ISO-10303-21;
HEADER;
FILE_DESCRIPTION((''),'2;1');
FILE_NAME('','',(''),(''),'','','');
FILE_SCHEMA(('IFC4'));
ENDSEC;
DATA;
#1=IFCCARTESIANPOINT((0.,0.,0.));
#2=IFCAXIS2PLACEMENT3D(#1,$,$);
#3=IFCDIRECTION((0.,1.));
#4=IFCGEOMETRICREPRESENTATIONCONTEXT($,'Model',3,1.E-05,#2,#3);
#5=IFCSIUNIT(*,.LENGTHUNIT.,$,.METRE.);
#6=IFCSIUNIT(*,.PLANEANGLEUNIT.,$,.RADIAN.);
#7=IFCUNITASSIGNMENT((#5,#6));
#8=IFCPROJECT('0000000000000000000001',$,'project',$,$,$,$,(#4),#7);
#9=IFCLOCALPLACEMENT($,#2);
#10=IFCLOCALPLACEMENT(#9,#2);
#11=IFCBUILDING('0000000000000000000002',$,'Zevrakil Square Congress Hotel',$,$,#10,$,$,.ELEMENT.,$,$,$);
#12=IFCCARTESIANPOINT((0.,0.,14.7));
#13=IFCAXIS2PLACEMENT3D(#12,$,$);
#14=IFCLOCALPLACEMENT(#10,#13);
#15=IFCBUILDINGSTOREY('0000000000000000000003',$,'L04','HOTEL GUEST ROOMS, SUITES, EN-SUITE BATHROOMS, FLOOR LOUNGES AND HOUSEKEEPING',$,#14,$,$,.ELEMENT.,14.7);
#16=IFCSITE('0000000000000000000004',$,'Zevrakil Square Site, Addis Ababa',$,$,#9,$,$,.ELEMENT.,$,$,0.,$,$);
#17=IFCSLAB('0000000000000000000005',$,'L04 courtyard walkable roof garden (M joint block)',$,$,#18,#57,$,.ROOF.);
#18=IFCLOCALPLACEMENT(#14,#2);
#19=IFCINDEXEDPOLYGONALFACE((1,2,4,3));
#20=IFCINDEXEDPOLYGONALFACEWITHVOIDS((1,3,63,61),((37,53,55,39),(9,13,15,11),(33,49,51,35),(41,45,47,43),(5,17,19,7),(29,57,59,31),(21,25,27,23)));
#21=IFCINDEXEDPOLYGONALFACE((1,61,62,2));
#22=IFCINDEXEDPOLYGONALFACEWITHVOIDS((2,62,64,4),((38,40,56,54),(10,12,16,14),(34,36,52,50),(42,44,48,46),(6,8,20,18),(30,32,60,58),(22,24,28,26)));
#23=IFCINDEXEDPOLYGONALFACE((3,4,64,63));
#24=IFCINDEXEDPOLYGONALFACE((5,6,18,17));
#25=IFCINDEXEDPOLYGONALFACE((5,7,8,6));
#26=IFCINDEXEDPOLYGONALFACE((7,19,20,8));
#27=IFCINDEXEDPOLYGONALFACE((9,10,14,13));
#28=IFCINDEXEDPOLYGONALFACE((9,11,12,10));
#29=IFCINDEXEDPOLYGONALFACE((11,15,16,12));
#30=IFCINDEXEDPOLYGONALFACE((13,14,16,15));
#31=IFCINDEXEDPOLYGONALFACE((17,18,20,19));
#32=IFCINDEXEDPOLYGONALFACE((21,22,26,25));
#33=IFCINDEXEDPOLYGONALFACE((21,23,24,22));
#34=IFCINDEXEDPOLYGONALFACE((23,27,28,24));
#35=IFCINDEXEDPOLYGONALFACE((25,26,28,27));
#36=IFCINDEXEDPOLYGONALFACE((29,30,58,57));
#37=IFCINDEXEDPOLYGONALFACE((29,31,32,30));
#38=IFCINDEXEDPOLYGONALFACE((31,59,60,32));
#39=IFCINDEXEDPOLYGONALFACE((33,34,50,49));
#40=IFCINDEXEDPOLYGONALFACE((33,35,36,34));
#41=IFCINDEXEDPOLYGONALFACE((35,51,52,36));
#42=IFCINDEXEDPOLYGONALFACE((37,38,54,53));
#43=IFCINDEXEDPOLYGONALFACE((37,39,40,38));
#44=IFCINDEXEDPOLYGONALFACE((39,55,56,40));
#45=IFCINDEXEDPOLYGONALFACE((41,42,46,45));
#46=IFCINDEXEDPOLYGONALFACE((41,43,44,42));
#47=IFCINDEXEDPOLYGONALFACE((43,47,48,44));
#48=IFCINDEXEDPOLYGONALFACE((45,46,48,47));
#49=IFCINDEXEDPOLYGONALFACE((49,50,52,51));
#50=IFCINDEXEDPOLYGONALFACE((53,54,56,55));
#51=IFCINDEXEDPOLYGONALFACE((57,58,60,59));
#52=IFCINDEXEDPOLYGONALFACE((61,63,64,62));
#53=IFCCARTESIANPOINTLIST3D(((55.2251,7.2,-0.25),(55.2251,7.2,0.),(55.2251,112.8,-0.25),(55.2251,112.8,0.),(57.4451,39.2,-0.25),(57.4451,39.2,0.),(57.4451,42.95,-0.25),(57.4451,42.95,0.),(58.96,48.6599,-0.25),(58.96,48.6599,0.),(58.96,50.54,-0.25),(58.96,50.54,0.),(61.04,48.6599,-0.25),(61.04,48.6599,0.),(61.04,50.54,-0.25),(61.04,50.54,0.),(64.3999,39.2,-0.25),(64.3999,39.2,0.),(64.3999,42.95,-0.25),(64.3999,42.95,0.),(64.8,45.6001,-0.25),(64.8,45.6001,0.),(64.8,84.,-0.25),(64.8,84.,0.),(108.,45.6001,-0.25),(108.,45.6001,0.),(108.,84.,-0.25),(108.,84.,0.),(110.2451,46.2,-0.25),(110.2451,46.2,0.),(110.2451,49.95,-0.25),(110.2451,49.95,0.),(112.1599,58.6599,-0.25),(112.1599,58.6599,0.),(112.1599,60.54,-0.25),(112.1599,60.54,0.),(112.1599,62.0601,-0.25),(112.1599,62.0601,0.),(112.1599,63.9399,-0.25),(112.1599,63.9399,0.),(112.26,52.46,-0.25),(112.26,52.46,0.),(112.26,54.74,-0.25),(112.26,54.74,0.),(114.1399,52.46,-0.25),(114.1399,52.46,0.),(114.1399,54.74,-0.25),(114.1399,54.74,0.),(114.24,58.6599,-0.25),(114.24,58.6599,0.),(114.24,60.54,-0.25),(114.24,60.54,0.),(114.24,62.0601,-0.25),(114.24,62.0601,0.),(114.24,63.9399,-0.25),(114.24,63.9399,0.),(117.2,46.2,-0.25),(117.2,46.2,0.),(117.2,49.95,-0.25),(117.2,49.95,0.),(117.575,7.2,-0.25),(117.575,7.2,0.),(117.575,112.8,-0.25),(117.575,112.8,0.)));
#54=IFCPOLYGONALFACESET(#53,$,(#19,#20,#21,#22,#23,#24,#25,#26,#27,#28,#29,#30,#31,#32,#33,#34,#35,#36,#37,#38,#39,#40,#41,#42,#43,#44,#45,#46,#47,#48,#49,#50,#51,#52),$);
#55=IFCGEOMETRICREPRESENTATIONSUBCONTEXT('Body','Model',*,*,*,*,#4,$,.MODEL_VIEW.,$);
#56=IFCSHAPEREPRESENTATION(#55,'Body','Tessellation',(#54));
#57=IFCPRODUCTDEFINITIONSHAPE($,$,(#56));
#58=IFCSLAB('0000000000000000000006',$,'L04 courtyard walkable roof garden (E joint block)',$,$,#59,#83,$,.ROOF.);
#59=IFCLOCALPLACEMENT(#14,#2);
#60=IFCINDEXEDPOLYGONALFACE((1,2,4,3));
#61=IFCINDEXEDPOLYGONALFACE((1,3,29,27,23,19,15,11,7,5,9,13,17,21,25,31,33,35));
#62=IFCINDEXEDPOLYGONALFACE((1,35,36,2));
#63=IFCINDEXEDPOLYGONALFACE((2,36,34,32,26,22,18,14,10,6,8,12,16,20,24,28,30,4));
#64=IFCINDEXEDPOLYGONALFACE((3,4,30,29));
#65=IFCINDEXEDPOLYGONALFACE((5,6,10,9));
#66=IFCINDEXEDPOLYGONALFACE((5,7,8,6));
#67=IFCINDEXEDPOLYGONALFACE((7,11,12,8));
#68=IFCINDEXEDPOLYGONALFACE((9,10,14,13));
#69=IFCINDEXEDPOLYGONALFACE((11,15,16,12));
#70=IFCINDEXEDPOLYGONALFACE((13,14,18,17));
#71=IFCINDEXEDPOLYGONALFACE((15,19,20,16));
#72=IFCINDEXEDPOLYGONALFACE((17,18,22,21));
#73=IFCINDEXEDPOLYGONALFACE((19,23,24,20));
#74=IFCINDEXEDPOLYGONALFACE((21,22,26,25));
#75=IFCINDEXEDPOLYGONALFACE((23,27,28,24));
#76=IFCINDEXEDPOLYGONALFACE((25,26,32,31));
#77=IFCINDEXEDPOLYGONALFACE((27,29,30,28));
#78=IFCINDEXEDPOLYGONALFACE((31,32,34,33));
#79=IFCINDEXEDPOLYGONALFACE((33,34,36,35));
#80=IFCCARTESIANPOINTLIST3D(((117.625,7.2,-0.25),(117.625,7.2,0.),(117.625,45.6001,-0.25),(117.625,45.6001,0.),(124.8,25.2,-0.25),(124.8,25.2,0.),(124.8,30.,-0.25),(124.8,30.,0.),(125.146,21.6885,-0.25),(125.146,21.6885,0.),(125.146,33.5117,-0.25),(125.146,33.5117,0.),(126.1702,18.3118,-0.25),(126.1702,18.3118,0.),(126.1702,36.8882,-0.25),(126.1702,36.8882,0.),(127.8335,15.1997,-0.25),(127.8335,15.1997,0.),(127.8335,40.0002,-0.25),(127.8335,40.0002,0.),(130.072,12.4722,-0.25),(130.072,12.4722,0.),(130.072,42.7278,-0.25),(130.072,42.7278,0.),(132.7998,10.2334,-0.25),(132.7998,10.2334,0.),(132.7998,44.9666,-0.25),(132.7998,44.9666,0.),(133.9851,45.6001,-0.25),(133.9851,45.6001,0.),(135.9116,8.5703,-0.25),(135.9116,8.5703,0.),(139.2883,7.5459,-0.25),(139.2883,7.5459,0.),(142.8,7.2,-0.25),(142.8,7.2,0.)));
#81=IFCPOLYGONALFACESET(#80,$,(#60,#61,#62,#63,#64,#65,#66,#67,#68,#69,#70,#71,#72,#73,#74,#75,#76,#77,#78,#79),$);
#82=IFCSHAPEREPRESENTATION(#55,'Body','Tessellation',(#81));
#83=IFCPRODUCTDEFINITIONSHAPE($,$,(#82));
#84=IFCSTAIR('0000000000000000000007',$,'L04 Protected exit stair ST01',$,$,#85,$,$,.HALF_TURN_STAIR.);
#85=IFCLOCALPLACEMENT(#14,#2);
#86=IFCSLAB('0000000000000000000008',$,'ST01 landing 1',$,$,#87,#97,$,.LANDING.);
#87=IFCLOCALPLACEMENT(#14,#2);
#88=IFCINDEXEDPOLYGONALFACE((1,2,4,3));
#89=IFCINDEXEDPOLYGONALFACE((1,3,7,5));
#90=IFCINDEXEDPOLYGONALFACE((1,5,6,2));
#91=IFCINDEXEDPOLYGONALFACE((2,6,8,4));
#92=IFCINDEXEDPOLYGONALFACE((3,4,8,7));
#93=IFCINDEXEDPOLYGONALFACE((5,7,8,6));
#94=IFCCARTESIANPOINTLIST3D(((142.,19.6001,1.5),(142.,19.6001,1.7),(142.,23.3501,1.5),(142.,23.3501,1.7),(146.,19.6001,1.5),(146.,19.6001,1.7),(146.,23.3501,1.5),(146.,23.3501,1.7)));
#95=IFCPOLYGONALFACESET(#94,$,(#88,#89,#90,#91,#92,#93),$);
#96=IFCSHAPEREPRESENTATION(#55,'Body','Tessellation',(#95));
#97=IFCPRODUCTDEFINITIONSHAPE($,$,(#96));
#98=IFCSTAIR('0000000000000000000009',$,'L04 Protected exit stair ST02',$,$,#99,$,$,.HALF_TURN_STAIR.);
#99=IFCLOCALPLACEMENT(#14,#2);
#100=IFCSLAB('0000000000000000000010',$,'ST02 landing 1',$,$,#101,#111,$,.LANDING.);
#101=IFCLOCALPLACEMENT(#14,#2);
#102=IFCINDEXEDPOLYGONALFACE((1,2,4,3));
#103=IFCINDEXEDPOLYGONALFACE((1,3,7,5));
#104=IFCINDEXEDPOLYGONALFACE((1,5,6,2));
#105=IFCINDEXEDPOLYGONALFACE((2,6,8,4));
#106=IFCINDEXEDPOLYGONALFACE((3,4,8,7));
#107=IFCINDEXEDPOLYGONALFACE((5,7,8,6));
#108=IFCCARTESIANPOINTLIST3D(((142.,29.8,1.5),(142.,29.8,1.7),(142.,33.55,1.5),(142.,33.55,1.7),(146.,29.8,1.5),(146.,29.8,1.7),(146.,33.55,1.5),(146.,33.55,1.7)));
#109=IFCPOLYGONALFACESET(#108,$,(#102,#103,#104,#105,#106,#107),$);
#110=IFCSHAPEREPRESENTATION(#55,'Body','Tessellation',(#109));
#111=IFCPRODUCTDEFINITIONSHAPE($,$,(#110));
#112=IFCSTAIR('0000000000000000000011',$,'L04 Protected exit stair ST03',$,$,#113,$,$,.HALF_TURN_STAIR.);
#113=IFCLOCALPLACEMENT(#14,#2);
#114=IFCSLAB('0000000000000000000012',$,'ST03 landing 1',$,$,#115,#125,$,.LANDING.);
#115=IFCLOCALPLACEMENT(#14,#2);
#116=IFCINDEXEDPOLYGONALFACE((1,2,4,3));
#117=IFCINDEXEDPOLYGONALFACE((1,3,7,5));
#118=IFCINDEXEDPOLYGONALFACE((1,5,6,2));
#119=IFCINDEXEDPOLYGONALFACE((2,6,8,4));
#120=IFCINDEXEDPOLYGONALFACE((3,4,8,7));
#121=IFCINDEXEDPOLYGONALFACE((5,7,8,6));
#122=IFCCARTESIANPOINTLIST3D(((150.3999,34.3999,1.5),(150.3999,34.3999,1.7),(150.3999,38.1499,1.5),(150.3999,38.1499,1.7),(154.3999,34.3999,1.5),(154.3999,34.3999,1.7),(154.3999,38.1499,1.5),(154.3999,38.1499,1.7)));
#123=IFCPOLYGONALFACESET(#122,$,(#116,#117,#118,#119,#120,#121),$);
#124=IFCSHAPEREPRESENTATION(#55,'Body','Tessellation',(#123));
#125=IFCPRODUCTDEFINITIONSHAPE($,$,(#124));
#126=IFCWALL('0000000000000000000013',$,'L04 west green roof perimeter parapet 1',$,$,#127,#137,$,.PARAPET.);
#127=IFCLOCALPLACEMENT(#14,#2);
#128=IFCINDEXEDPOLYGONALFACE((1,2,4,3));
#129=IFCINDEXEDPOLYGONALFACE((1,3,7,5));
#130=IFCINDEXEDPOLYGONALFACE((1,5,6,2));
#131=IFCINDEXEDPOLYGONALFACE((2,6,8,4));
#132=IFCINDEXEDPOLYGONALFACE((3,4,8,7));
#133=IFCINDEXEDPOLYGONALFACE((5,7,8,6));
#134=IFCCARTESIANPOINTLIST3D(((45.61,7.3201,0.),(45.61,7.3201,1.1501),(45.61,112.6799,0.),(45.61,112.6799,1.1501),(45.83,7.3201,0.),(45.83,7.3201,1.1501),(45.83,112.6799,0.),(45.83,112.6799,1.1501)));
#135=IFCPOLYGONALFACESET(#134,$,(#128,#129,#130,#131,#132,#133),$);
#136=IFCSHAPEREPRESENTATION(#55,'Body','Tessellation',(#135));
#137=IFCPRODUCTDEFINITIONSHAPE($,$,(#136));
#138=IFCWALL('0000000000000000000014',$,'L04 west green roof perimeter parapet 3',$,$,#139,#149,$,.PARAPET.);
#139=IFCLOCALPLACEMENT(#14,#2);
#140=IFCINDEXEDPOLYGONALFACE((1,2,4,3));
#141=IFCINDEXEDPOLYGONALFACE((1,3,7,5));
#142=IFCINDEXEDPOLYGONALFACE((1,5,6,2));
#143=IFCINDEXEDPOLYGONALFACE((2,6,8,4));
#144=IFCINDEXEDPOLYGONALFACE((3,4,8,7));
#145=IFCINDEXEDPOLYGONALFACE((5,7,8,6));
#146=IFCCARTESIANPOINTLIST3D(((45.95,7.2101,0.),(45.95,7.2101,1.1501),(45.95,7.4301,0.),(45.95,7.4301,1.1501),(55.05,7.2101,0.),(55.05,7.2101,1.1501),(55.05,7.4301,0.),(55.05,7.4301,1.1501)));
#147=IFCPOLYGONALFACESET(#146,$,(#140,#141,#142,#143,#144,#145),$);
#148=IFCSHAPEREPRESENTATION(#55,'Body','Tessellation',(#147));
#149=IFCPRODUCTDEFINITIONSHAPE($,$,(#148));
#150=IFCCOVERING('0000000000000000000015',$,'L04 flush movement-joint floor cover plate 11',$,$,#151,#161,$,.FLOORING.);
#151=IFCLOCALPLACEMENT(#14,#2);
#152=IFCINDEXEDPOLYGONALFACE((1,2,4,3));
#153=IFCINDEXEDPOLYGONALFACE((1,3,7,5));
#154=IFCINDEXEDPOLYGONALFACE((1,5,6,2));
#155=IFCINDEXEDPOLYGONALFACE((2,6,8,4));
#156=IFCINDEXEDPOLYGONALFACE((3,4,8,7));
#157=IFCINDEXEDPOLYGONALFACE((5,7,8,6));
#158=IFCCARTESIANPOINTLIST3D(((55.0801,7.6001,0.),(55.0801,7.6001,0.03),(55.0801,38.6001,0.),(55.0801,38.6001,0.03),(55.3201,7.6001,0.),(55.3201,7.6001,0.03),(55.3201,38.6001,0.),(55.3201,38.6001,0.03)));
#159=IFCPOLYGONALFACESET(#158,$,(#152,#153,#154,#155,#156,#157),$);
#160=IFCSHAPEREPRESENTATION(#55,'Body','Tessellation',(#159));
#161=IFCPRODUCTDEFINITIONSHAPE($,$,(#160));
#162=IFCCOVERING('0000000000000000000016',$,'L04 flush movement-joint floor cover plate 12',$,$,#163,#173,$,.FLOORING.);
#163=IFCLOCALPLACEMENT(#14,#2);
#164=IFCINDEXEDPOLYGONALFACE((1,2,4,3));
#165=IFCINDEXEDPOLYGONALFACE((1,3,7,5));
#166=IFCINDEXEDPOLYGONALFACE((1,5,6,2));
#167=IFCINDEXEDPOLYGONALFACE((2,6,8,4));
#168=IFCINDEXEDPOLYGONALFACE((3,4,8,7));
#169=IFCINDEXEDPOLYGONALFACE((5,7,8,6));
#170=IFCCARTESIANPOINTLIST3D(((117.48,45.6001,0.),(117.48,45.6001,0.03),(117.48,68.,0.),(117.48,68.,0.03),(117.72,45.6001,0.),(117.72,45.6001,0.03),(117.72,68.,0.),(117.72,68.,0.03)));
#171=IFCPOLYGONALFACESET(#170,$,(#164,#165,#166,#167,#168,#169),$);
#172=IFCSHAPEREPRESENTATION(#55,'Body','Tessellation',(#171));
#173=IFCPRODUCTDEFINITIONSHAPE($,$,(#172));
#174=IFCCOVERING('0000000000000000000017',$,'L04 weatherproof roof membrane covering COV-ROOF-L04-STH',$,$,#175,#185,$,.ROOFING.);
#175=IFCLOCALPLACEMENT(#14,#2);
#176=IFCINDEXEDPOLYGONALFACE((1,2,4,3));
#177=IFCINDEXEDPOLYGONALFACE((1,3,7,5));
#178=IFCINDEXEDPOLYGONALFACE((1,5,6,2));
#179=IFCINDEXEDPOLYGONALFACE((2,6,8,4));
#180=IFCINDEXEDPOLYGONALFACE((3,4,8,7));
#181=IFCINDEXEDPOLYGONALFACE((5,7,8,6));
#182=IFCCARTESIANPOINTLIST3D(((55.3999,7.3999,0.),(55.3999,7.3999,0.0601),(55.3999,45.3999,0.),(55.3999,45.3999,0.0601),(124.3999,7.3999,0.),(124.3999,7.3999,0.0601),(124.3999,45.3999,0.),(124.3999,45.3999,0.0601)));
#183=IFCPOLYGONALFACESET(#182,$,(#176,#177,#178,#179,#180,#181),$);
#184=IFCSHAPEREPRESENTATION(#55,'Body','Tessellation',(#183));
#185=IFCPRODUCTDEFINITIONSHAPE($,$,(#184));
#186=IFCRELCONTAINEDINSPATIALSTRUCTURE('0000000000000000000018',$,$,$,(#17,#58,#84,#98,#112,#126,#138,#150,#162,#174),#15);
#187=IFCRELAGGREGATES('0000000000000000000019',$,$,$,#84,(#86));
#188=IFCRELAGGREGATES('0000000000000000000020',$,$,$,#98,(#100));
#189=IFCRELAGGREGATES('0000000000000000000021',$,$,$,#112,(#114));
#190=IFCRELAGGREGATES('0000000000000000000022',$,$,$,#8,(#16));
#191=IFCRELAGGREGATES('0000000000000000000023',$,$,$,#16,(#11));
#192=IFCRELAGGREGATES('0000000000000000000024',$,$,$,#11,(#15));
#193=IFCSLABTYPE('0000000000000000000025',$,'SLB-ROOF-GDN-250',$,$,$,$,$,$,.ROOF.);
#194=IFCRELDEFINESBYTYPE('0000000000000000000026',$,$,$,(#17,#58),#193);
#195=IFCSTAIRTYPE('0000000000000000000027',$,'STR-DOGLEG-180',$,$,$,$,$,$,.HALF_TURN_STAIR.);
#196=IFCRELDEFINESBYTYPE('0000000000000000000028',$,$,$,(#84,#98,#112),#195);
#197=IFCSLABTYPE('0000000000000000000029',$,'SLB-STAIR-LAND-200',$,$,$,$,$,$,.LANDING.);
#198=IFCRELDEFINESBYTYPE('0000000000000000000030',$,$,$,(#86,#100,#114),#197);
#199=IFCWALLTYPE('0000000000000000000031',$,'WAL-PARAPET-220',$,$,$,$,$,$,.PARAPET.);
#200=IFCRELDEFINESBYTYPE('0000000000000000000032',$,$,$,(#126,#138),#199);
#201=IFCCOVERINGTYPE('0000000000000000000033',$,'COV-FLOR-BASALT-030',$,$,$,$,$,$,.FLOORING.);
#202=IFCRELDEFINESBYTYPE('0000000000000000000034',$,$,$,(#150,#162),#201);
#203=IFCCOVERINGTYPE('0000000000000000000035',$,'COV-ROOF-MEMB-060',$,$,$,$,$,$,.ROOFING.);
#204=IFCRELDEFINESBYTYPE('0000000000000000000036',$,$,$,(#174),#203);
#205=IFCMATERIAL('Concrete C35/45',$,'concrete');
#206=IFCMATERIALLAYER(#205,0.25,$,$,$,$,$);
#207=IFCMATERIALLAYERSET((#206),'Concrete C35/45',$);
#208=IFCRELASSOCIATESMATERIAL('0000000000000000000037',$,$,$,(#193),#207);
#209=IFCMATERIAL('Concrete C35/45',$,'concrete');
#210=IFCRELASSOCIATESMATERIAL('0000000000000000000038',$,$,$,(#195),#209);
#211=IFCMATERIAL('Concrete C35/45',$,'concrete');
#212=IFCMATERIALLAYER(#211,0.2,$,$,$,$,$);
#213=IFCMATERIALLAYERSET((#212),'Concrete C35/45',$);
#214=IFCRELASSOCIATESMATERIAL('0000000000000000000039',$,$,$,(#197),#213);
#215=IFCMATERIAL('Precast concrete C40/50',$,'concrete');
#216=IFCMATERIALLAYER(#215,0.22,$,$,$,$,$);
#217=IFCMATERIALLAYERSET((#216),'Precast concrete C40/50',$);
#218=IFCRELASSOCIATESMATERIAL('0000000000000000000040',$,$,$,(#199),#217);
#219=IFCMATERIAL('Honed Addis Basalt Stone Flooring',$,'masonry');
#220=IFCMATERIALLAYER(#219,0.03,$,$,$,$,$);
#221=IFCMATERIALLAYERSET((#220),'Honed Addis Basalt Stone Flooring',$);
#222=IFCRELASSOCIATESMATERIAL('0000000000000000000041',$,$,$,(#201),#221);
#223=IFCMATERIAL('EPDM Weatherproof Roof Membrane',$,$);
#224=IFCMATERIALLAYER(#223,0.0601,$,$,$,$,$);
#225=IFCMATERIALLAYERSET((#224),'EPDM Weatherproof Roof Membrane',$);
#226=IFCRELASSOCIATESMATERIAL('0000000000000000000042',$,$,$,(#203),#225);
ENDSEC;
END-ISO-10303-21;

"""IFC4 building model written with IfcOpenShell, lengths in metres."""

from ifc_helpers import new_model, si_unit, direction, frame, frame_2d, origin, place, context, subcontext, project, spatial, polyline, rectangle, outline, extrude, material, layer, layer_set, type_object, element, aggregate, save


model = new_model("IFC4")

# Units and contexts
model_context = context("Model", 3, precision=1e-05, world=origin(), true_north=direction((0.0, 1.0)))
body_context = subcontext(model_context, "Body", "Model", "MODEL_VIEW")
ifc_project = project(units=[si_unit("LENGTHUNIT", "METRE"), si_unit("PLANEANGLEUNIT", "RADIAN")], contexts=[model_context])

# Site, building, storey
site_placement = place(None, origin())
site = spatial("IfcSite", under=ifc_project, at=site_placement, Name="Zevrakil Square Site, Addis Ababa", CompositionType="ELEMENT", RefElevation=0.0)
building_placement = place(site_placement, origin())
building = spatial("IfcBuilding", under=site, at=building_placement, Name="Zevrakil Square Congress Hotel", CompositionType="ELEMENT")
storey_placement = place(building_placement, frame((0.0, 0.0, 14.7)))
storey = spatial("IfcBuildingStorey", under=building, at=storey_placement, Name="L04", Description="HOTEL GUEST ROOMS, SUITES, EN-SUITE BATHROOMS, FLOOR LOUNGES AND HOUSEKEEPING", CompositionType="ELEMENT", Elevation=14.7)

# Slabs
ifc_material_1 = material(Name="Concrete C35/45", Category="concrete")
ifc_layer_1 = layer(ifc_material_1, 0.25)
ifc_layer_set_1 = layer_set([ifc_layer_1], Name="Concrete C35/45")
slab_type_1 = type_object("IfcSlabType", Name="SLB-ROOF-GDN-250", PredefinedType="ROOF", material=ifc_layer_set_1)
slab_1_placement = place(storey_placement, frame((0.0, 0.0, -0.25)))
element("IfcSlab", 1, at=slab_1_placement, inside=storey, type_object=slab_type_1, Name="L04 courtyard walkable roof garden (M joint block)", PredefinedType="ROOF", context=body_context, shape_type="SweptSolid", body=[
    extrude(outline(polyline([(117.575, 112.8), (117.575, 7.2), (55.2251, 7.2), (55.2251, 112.8), (117.575, 112.8)]), holes=[polyline([(64.8, 45.6001), (108.0, 45.6001), (108.0, 84.0), (64.8, 84.0), (64.8, 45.6001)]), polyline([(57.4451, 39.2), (64.3999, 39.2), (64.3999, 42.95), (57.4451, 42.95), (57.4451, 39.2)]), polyline([(110.2451, 46.2), (117.2, 46.2), (117.2, 49.95), (110.2451, 49.95), (110.2451, 46.2)]), polyline([(112.26, 52.46), (114.1399, 52.46), (114.1399, 54.74), (112.26, 54.74), (112.26, 52.46)]), polyline([(112.1599, 58.6599), (114.24, 58.6599), (114.24, 60.54), (112.1599, 60.54), (112.1599, 58.6599)]), polyline([(112.1599, 62.0601), (114.24, 62.0601), (114.24, 63.9399), (112.1599, 63.9399), (112.1599, 62.0601)]), polyline([(58.96, 48.6599), (61.04, 48.6599), (61.04, 50.54), (58.96, 50.54), (58.96, 48.6599)])]), origin(), (0.0, 0.0, 1.0), 0.25),
])
slab_2_placement = place(storey_placement, frame((0.0, 0.0, -0.25)))
element("IfcSlab", 2, at=slab_2_placement, inside=storey, type_object=slab_type_1, Name="L04 courtyard walkable roof garden (E joint block)", PredefinedType="ROOF", context=body_context, shape_type="SweptSolid", body=[
    extrude(outline(polyline([(133.9851, 45.6001), (132.7998, 44.9666), (130.072, 42.7278), (127.8335, 40.0002), (126.1702, 36.8882), (125.146, 33.5117), (124.8, 30.0), (124.8, 25.2), (125.146, 21.6885), (126.1702, 18.3118), (127.8335, 15.1997), (130.072, 12.4722), (132.7998, 10.2334), (135.9116, 8.5703), (139.2883, 7.5459), (142.8, 7.2), (117.625, 7.2), (117.625, 45.6001), (133.9851, 45.6001)])), origin(), (0.0, 0.0, 1.0), 0.25),
])

# Stairs, slabs
ifc_material_2 = material(Name="Concrete C35/45", Category="concrete")
stair_type = type_object("IfcStairType", Name="STR-DOGLEG-180", PredefinedType="HALF_TURN_STAIR", material=ifc_material_2)
stair_1_placement = place(storey_placement, origin())
stair_1 = element("IfcStair", 3, at=stair_1_placement, inside=storey, type_object=stair_type, Name="L04 Protected exit stair ST01", PredefinedType="HALF_TURN_STAIR")
ifc_material_3 = material(Name="Concrete C35/45", Category="concrete")
ifc_layer_2 = layer(ifc_material_3, 0.2)
ifc_layer_set_2 = layer_set([ifc_layer_2], Name="Concrete C35/45")
slab_type_2 = type_object("IfcSlabType", Name="SLB-STAIR-LAND-200", PredefinedType="LANDING", material=ifc_layer_set_2)
slab_3_placement = place(storey_placement, frame((0.0, 0.0, 1.5)))
slab_3 = element("IfcSlab", 4, at=slab_3_placement, type_object=slab_type_2, Name="ST01 landing 1", PredefinedType="LANDING", context=body_context, shape_type="SweptSolid", body=[
    extrude(outline(polyline([(142.0, 19.6001), (146.0, 19.6001), (146.0, 23.3501), (142.0, 23.3501), (142.0, 19.6001)])), origin(), (0.0, 0.0, 1.0), 0.2),
])
aggregate(stair_1, [slab_3])
stair_2_placement = place(storey_placement, origin())
stair_2 = element("IfcStair", 5, at=stair_2_placement, inside=storey, type_object=stair_type, Name="L04 Protected exit stair ST02", PredefinedType="HALF_TURN_STAIR")
slab_4_placement = place(storey_placement, frame((0.0, 0.0, 1.5)))
slab_4 = element("IfcSlab", 6, at=slab_4_placement, type_object=slab_type_2, Name="ST02 landing 1", PredefinedType="LANDING", context=body_context, shape_type="SweptSolid", body=[
    extrude(outline(polyline([(142.0, 29.8), (146.0, 29.8), (146.0, 33.55), (142.0, 33.55), (142.0, 29.8)])), origin(), (0.0, 0.0, 1.0), 0.2),
])
aggregate(stair_2, [slab_4])
stair_3_placement = place(storey_placement, origin())
stair_3 = element("IfcStair", 7, at=stair_3_placement, inside=storey, type_object=stair_type, Name="L04 Protected exit stair ST03", PredefinedType="HALF_TURN_STAIR")
slab_5_placement = place(storey_placement, frame((0.0, 0.0, 1.5)))
slab_5 = element("IfcSlab", 8, at=slab_5_placement, type_object=slab_type_2, Name="ST03 landing 1", PredefinedType="LANDING", context=body_context, shape_type="SweptSolid", body=[
    extrude(outline(polyline([(150.3999, 34.3999), (154.3999, 34.3999), (154.3999, 38.1499), (150.3999, 38.1499), (150.3999, 34.3999)])), origin(), (0.0, 0.0, 1.0), 0.2),
])
aggregate(stair_3, [slab_5])

# Walls
ifc_material_4 = material(Name="Precast concrete C40/50", Category="concrete")
ifc_layer_3 = layer(ifc_material_4, 0.22)
ifc_layer_set_3 = layer_set([ifc_layer_3], Name="Precast concrete C40/50")
wall_type = type_object("IfcWallType", Name="WAL-PARAPET-220", PredefinedType="PARAPET", material=ifc_layer_set_3)
wall_1_placement = place(storey_placement, frame((45.72, 7.3201, 0.0), z_axis=(0.0, 0.0, 1.0), x_axis=(0.0, 1.0, 0.0)))
element("IfcWall", 9, at=wall_1_placement, inside=storey, type_object=wall_type, Name="L04 west green roof perimeter parapet 1", PredefinedType="PARAPET", context=body_context, shape_type="SweptSolid", body=[
    extrude(rectangle(XDim=105.3599, YDim=0.22, at=frame_2d((52.6799, 0.0))), origin(), (0.0, 0.0, 1.0), 1.1501),
])
wall_2_placement = place(storey_placement, frame((45.95, 7.3201, 0.0), z_axis=(0.0, 0.0, 1.0), x_axis=(1.0, 0.0, 0.0)))
element("IfcWall", 10, at=wall_2_placement, inside=storey, type_object=wall_type, Name="L04 west green roof perimeter parapet 3", PredefinedType="PARAPET", context=body_context, shape_type="SweptSolid", body=[
    extrude(rectangle(XDim=9.1001, YDim=0.22, at=frame_2d((4.55, 0.0))), origin(), (0.0, 0.0, 1.0), 1.1501),
])

# Coverings
ifc_material_5 = material(Name="Honed Addis Basalt Stone Flooring", Category="masonry")
ifc_layer_4 = layer(ifc_material_5, 0.03)
ifc_layer_set_4 = layer_set([ifc_layer_4], Name="Honed Addis Basalt Stone Flooring")
covering_type_1 = type_object("IfcCoveringType", Name="COV-FLOR-BASALT-030", PredefinedType="FLOORING", material=ifc_layer_set_4)
covering_1_placement = place(storey_placement, origin())
element("IfcCovering", 11, at=covering_1_placement, inside=storey, type_object=covering_type_1, Name="L04 flush movement-joint floor cover plate 11", PredefinedType="FLOORING", context=body_context, shape_type="SweptSolid", body=[
    extrude(outline(polyline([(55.0801, 7.6001), (55.3201, 7.6001), (55.3201, 38.6001), (55.0801, 38.6001), (55.0801, 7.6001)])), origin(), (0.0, 0.0, 1.0), 0.03),
])
covering_2_placement = place(storey_placement, origin())
element("IfcCovering", 12, at=covering_2_placement, inside=storey, type_object=covering_type_1, Name="L04 flush movement-joint floor cover plate 12", PredefinedType="FLOORING", context=body_context, shape_type="SweptSolid", body=[
    extrude(outline(polyline([(117.48, 45.6001), (117.72, 45.6001), (117.72, 68.0), (117.48, 68.0), (117.48, 45.6001)])), origin(), (0.0, 0.0, 1.0), 0.03),
])
ifc_material_6 = material(Name="EPDM Weatherproof Roof Membrane")
ifc_layer_5 = layer(ifc_material_6, 0.0601)
ifc_layer_set_5 = layer_set([ifc_layer_5], Name="EPDM Weatherproof Roof Membrane")
covering_type_2 = type_object("IfcCoveringType", Name="COV-ROOF-MEMB-060", PredefinedType="ROOFING", material=ifc_layer_set_5)
covering_3_placement = place(storey_placement, origin())
element("IfcCovering", 13, at=covering_3_placement, inside=storey, type_object=covering_type_2, Name="L04 weatherproof roof membrane covering COV-ROOF-L04-STH", PredefinedType="ROOFING", context=body_context, shape_type="SweptSolid", body=[
    extrude(outline(polyline([(55.3999, 7.3999), (124.3999, 7.3999), (124.3999, 45.3999), (55.3999, 45.3999), (55.3999, 7.3999)])), origin(), (0.0, 0.0, 1.0), 0.0601),
])

save(model, "model.ifc")
